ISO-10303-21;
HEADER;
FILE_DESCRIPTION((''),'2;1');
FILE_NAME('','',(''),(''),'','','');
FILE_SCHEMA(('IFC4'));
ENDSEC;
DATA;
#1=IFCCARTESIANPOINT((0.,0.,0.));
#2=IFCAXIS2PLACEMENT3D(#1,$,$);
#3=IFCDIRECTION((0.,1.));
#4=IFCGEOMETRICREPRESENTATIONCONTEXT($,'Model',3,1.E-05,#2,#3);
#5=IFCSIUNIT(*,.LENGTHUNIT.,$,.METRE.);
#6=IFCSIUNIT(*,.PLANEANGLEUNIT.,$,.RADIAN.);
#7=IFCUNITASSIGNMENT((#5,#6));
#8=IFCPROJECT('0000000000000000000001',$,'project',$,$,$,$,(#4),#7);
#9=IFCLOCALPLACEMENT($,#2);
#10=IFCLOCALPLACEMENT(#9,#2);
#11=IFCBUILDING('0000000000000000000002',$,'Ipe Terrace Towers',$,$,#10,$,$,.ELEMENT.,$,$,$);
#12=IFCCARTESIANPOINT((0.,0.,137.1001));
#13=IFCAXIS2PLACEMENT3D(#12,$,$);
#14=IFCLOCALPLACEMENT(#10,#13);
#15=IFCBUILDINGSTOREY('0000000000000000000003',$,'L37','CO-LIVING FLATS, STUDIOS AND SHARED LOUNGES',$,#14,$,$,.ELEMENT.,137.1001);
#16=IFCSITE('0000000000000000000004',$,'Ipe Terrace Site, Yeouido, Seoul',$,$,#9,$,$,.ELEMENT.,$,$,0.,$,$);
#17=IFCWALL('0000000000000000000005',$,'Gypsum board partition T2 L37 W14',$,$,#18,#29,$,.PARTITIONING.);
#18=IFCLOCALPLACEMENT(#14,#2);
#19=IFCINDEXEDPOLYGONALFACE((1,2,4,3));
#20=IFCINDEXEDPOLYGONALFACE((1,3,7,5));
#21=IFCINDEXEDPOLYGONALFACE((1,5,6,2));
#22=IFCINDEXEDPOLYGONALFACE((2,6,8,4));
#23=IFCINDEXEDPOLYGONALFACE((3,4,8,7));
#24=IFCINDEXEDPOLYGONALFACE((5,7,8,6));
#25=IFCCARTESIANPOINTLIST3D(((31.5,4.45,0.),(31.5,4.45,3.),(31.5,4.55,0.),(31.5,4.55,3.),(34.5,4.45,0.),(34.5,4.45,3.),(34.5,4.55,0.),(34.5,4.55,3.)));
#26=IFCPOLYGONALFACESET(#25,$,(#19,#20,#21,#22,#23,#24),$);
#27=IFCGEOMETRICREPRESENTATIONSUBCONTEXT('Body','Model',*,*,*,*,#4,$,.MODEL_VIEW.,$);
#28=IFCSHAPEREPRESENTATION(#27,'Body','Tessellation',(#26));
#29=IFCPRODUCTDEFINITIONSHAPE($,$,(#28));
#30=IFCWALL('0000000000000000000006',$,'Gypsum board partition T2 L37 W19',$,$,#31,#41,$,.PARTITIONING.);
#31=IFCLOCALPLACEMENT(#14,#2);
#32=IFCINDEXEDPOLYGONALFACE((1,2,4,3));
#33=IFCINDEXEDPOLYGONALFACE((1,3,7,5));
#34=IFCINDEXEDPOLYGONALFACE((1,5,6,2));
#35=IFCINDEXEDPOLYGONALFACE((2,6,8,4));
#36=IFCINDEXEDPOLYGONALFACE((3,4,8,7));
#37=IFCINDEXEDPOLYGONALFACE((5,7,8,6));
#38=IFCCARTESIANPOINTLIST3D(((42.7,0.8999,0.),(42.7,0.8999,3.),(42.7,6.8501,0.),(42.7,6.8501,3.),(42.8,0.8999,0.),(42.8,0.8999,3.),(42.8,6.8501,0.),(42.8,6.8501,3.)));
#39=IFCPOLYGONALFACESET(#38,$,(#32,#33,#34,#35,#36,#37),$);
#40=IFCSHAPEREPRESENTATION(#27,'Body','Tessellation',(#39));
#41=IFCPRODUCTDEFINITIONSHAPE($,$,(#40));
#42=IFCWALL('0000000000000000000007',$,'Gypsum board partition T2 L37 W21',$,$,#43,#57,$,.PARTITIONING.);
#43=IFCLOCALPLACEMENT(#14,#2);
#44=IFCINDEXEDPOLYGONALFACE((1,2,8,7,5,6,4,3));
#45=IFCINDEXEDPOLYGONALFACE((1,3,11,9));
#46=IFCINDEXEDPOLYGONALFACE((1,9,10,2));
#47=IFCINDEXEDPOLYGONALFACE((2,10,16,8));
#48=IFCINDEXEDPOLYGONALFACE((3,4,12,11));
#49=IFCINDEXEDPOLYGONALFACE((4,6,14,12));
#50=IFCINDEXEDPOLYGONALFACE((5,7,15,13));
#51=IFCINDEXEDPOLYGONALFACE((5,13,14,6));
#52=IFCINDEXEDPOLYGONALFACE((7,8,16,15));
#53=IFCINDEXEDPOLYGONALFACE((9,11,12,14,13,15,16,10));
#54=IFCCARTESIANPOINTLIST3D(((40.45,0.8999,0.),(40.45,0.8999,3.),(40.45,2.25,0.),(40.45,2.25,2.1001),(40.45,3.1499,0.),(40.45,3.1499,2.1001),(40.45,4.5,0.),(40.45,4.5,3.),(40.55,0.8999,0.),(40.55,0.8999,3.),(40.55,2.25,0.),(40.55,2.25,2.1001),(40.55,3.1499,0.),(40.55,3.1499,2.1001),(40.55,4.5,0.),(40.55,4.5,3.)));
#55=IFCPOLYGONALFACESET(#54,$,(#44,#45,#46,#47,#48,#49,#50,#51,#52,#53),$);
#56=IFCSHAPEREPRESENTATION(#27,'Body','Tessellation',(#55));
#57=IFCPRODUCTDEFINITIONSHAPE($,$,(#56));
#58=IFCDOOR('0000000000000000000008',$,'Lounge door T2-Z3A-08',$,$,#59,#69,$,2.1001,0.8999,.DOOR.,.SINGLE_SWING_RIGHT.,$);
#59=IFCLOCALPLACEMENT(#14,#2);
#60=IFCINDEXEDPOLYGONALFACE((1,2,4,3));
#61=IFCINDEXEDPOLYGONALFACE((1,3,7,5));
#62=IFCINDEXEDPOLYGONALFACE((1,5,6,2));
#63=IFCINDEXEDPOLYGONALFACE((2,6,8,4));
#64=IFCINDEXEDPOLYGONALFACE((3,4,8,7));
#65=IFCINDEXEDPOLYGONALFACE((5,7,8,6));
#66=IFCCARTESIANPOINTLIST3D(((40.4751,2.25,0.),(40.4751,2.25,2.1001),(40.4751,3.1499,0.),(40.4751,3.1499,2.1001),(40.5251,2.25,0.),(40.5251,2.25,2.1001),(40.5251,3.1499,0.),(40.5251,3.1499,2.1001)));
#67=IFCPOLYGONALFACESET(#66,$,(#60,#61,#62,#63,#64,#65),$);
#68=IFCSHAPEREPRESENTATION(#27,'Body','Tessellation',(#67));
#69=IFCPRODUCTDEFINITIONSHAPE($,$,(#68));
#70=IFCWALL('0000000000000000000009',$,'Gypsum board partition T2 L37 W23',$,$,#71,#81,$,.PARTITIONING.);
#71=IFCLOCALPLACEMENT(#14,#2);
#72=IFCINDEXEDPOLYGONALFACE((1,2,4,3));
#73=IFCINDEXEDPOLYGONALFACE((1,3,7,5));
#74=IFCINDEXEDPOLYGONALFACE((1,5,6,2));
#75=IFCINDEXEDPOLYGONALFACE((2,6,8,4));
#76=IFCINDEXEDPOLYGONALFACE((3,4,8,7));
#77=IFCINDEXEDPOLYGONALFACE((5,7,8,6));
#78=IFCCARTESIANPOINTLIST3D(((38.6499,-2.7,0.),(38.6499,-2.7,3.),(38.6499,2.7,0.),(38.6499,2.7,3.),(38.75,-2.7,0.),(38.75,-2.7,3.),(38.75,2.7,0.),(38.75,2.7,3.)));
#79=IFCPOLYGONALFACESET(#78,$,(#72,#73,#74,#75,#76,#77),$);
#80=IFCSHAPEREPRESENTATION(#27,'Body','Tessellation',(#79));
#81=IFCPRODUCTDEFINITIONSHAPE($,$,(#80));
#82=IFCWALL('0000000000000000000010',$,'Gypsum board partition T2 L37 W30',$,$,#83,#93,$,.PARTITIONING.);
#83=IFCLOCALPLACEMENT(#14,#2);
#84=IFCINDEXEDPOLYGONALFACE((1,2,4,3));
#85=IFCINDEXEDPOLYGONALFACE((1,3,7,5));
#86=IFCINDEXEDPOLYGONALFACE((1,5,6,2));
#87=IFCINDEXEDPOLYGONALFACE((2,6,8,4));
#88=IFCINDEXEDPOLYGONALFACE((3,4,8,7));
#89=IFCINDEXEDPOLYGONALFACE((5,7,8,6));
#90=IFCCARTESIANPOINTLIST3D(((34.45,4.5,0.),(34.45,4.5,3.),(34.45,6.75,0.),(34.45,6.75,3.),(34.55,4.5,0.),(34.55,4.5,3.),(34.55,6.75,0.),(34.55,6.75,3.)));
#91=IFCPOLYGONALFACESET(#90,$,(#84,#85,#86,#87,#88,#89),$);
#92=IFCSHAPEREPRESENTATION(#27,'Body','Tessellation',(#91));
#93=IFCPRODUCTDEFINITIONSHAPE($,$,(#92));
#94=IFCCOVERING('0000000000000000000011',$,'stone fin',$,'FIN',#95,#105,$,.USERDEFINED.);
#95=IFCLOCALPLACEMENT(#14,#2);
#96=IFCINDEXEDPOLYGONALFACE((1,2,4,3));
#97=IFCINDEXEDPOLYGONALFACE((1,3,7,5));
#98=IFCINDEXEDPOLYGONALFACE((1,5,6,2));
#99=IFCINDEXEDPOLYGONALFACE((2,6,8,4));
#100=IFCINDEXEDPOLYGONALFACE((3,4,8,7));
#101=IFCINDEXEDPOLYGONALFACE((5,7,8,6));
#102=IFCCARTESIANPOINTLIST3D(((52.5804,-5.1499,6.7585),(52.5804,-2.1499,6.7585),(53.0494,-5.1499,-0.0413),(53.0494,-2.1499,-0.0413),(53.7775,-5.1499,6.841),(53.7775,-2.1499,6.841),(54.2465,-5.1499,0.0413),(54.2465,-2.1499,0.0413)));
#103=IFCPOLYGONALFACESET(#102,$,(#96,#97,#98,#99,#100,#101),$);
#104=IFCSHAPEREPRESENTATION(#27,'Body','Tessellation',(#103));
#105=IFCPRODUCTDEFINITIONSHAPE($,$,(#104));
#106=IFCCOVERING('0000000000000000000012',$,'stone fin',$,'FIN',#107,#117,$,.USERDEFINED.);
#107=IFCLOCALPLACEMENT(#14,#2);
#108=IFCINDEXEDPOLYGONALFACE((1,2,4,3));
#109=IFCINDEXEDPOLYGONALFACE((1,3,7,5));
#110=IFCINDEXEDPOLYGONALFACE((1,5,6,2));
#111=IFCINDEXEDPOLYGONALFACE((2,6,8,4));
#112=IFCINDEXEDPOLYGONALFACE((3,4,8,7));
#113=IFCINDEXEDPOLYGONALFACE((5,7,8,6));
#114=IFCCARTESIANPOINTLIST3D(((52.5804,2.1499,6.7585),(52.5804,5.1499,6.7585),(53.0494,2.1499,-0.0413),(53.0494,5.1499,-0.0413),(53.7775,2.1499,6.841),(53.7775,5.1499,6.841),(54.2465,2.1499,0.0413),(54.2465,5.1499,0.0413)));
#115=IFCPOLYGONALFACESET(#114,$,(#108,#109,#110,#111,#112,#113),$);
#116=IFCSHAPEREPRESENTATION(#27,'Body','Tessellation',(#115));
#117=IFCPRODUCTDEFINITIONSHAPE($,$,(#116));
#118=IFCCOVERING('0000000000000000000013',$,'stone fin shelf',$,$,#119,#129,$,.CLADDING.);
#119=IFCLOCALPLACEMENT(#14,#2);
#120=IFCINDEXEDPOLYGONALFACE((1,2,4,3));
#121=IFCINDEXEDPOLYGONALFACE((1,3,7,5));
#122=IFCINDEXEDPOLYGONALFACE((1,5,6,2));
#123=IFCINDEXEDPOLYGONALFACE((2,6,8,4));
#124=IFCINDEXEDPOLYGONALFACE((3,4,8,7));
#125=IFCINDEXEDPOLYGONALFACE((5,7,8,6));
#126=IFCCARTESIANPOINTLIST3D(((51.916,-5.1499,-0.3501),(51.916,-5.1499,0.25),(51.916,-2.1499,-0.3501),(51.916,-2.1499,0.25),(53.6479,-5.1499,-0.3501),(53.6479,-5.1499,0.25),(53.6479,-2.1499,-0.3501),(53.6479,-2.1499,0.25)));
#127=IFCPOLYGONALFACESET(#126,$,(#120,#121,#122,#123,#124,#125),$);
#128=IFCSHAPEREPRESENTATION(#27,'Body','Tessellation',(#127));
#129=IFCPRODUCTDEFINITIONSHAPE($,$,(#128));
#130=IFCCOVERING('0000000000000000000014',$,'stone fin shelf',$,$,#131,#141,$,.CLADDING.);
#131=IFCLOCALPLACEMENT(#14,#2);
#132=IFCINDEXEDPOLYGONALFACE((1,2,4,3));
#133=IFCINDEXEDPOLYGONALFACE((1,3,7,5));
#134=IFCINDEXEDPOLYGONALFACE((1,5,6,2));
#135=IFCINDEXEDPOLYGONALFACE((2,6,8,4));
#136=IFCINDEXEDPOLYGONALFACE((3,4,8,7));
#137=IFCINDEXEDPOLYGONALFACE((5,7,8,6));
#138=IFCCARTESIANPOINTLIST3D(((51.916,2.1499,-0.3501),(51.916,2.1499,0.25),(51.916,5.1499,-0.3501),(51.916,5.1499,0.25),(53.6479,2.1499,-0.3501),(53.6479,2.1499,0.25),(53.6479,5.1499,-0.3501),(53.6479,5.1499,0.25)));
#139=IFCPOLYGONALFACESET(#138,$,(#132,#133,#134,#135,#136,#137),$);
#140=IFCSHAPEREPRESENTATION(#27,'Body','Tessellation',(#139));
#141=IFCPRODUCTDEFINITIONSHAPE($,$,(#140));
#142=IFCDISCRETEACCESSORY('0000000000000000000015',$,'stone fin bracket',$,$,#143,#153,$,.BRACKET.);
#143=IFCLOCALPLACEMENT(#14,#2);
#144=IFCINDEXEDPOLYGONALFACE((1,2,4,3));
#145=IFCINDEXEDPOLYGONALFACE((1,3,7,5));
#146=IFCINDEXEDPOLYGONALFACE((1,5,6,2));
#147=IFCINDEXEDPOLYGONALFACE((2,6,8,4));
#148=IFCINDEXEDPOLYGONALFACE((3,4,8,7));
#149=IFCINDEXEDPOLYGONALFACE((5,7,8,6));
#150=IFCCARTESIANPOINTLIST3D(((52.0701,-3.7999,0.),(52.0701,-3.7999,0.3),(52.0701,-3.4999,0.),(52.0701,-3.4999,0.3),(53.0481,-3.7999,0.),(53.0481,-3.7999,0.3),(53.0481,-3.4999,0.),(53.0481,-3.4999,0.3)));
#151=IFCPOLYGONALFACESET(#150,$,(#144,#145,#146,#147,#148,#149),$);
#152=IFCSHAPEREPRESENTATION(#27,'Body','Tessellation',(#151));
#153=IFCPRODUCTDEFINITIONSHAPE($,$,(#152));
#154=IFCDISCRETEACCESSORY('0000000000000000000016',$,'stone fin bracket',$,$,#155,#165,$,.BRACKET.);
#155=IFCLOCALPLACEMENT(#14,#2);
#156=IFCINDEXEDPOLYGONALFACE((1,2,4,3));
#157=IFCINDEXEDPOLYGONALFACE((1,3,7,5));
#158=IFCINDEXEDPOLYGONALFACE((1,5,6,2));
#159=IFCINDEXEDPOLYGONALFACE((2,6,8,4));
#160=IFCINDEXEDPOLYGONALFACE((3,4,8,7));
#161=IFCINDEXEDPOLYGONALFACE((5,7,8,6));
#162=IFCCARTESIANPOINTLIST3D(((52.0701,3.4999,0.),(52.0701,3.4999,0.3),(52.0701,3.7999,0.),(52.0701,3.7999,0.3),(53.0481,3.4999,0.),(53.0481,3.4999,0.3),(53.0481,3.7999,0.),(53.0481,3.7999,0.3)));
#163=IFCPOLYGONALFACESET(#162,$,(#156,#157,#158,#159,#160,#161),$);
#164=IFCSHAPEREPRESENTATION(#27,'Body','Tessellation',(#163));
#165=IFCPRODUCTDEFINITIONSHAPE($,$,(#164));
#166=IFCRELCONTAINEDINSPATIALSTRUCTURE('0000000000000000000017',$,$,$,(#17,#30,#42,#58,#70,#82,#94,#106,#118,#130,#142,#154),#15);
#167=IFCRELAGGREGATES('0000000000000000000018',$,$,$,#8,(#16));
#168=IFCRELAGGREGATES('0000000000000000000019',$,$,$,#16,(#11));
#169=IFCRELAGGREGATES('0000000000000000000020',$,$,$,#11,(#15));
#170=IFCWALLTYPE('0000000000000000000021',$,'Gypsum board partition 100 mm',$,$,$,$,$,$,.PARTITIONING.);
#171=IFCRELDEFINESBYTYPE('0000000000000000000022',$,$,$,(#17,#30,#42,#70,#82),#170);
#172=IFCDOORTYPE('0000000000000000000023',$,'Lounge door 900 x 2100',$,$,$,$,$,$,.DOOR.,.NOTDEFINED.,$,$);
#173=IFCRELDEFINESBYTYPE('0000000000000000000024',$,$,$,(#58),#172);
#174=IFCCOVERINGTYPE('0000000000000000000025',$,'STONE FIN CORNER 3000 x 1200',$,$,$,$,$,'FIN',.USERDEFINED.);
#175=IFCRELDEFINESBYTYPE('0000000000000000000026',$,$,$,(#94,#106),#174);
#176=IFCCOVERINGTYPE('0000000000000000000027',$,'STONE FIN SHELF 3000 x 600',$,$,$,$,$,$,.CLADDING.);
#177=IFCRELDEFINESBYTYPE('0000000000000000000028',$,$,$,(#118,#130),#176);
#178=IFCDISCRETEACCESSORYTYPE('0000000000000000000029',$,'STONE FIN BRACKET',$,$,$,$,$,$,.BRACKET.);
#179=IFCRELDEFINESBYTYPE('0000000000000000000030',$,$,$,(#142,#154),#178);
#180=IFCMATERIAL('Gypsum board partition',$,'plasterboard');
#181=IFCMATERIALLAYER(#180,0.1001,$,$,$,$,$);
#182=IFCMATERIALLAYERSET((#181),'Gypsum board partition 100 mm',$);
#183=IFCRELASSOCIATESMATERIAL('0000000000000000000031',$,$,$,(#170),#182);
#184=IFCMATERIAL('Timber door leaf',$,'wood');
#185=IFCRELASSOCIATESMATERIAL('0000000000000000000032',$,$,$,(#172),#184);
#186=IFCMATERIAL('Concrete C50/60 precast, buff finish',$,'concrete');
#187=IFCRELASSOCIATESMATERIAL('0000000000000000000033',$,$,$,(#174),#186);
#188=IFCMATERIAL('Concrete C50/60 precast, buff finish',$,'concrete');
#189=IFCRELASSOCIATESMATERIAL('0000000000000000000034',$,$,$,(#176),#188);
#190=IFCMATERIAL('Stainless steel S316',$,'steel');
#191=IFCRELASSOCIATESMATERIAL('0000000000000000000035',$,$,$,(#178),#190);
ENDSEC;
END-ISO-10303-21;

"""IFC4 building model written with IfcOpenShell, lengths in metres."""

from ifc_helpers import new_model, si_unit, direction, frame, frame_2d, origin, origin_2d, place, context, subcontext, project, spatial, rectangle, extrude, material, layer, layer_set, material_profile, profile_set, type_object, element, fill, save


model = new_model("IFC4")

# Units and contexts
model_context = context("Model", 3, precision=1e-05, world=origin(), true_north=direction((0.0, 1.0)))
body_context = subcontext(model_context, "Body", "Model", "MODEL_VIEW")
ifc_project = project(units=[si_unit("LENGTHUNIT", "METRE"), si_unit("PLANEANGLEUNIT", "RADIAN")], contexts=[model_context])

# Site, building, storey
site_placement = place(None, origin())
site = spatial("IfcSite", under=ifc_project, at=site_placement, Name="Ipe Terrace Site, Yeouido, Seoul", CompositionType="ELEMENT", RefElevation=0.0)
building_placement = place(site_placement, origin())
building = spatial("IfcBuilding", under=site, at=building_placement, Name="Ipe Terrace Towers", CompositionType="ELEMENT")
storey_placement = place(building_placement, frame((0.0, 0.0, 137.1001)))
storey = spatial("IfcBuildingStorey", under=building, at=storey_placement, Name="L37", Description="CO-LIVING FLATS, STUDIOS AND SHARED LOUNGES", CompositionType="ELEMENT", Elevation=137.1001)

# Shared definitions
ifc_material_1 = material(Name="Gypsum board partition", Category="plasterboard")
ifc_layer_1 = layer(ifc_material_1, 0.1001)
ifc_layer_set_1 = layer_set([ifc_layer_1], Name="Gypsum board partition 100 mm")
wall_type_1 = type_object("IfcWallType", Name="Gypsum board partition 100 mm", PredefinedType="PARTITIONING", material=ifc_layer_set_1)
ifc_material_2 = material(Name="Timber door leaf", Category="wood")
door_type = type_object("IfcDoorType", Name="Lounge door 900 x 2100", OperationType="NOTDEFINED", PredefinedType="DOOR", material=ifc_material_2)

# Walls
wall_1_placement = place(storey_placement, frame((34.5, 4.5, 0.0), z_axis=(0.0, 0.0, 1.0), x_axis=(-1.0, 0.0, 0.0)))
element("IfcWall", 1, at=wall_1_placement, inside=storey, type_object=wall_type_1, Name="Gypsum board partition T2 L37 W14", PredefinedType="PARTITIONING", context=body_context, shape_type="SweptSolid", body=[
    extrude(rectangle(XDim=3.0, YDim=0.1001, at=frame_2d((1.5, 0.0))), origin(), (0.0, 0.0, 1.0), 3.0),
])
wall_2_placement = place(storey_placement, frame((42.75, 0.8999, 0.0), z_axis=(0.0, 0.0, 1.0), x_axis=(0.0, 1.0, 0.0)))
element("IfcWall", 2, at=wall_2_placement, inside=storey, type_object=wall_type_1, Name="Gypsum board partition T2 L37 W19", PredefinedType="PARTITIONING", context=body_context, shape_type="SweptSolid", body=[
    extrude(rectangle(XDim=5.9502, YDim=0.1001, at=frame_2d((2.9751, 0.0))), origin(), (0.0, 0.0, 1.0), 3.0),
])

# Wall, opening, door
wall_3_placement = place(storey_placement, frame((40.5, 0.8999, 0.0), z_axis=(0.0, 0.0, 1.0), x_axis=(0.0, 1.0, 0.0)))
wall_3 = element("IfcWall", 3, at=wall_3_placement, inside=storey, type_object=wall_type_1, Name="Gypsum board partition T2 L37 W21", PredefinedType="PARTITIONING", context=body_context, shape_type="SweptSolid", body=[
    extrude(rectangle(XDim=3.6001, YDim=0.1001, at=frame_2d((1.8, 0.0))), origin(), (0.0, 0.0, 1.0), 3.0),
])
opening_1_placement = place(wall_3_placement, frame((1.3501, 0.0, 0.0)))
opening_1 = element("IfcOpeningElement", 4, at=opening_1_placement, cuts=wall_3, PredefinedType="OPENING", context=body_context, shape_type="SweptSolid", body=[
    extrude(rectangle(XDim=0.8999, YDim=2.1001, at=frame_2d((0.45, 1.05))), frame((0.0, 0.0601, 0.0), z_axis=(0.0, -1.0, 0.0), x_axis=(1.0, 0.0, 0.0)), (0.0, 0.0, 1.0), 0.1201),
])
door_1_placement = place(opening_1_placement, origin())
door_1 = element("IfcDoor", 5, at=door_1_placement, inside=storey, type_object=door_type, Name="Lounge door T2-Z3A-08", OperationType="SINGLE_SWING_RIGHT", OverallHeight=2.1001, OverallWidth=0.8999, PredefinedType="DOOR", context=body_context, shape_type="SweptSolid", body=[
    extrude(rectangle(XDim=0.8999, YDim=2.1001, at=frame_2d((0.45, 1.05))), frame((0.0, 0.0249, 0.0), z_axis=(0.0, -1.0, 0.0), x_axis=(1.0, 0.0, 0.0)), (0.0, 0.0, 1.0), 0.05),
])
fill(opening_1, door_1)

# Walls
wall_4_placement = place(storey_placement, frame((38.7, -2.7, 0.0), z_axis=(0.0, 0.0, 1.0), x_axis=(0.0, 1.0, 0.0)))
element("IfcWall", 6, at=wall_4_placement, inside=storey, type_object=wall_type_1, Name="Gypsum board partition T2 L37 W23", PredefinedType="PARTITIONING", context=body_context, shape_type="SweptSolid", body=[
    extrude(rectangle(XDim=5.3999, YDim=0.1001, at=frame_2d((2.7, 0.0))), origin(), (0.0, 0.0, 1.0), 3.0),
])
wall_5_placement = place(storey_placement, frame((34.5, 4.5, 0.0), z_axis=(0.0, 0.0, 1.0), x_axis=(0.0, 1.0, 0.0)))
element("IfcWall", 7, at=wall_5_placement, inside=storey, type_object=wall_type_1, Name="Gypsum board partition T2 L37 W30", PredefinedType="PARTITIONING", context=body_context, shape_type="SweptSolid", body=[
    extrude(rectangle(XDim=2.25, YDim=0.1001, at=frame_2d((1.125, 0.0))), origin(), (0.0, 0.0, 1.0), 3.0),
])

# Coverings
ifc_material_3 = material(Name="Concrete C50/60 precast, buff finish", Category="concrete")
ifc_material_profile_1 = material_profile(ifc_material_3, rectangle(XDim=3.0, YDim=1.2, at=origin_2d()), Name="STONE FIN CORNER 3000 x 1200")
ifc_profile_set_1 = profile_set([ifc_material_profile_1], Name="Concrete C50/60 precast, buff finish")
covering_type_1 = type_object("IfcCoveringType", Name="STONE FIN CORNER 3000 x 1200", ElementType="FIN", PredefinedType="USERDEFINED", material=ifc_profile_set_1)
for number, where, z_axis, x_axis, name in (
    (8, (53.6479, -3.6499, 0.0), (-0.068808, 0.0, 0.99763), (0.0, 1.0, 0.0), "stone fin"),
    (9, (53.6479, 3.6499, 0.0), (-0.068808, 0.0, 0.99763), (0.0, 1.0, 0.0), "stone fin"),
):
    element("IfcCovering", number, at=place(storey_placement, frame(where, z_axis=z_axis, x_axis=x_axis)), inside=storey, type_object=covering_type_1, Name=name, ObjectType="FIN", PredefinedType="USERDEFINED", context=body_context, shape_type="SweptSolid", body=[
        extrude(rectangle(XDim=3.0, YDim=1.2, at=origin_2d()), origin(), (0.0, 0.0, 1.0), 6.8159),
    ])
ifc_material_4 = material(Name="Concrete C50/60 precast, buff finish", Category="concrete")
covering_type_2 = type_object("IfcCoveringType", Name="STONE FIN SHELF 3000 x 600", PredefinedType="CLADDING", material=ifc_material_4)
for number, where, z_axis, x_axis, name in (
    (10, (52.782, -3.6499, -0.3501), (0.0, 0.0, 1.0), (0.0, 1.0, 0.0), "stone fin shelf"),
    (11, (52.782, 3.6499, -0.3501), (0.0, 0.0, 1.0), (0.0, 1.0, 0.0), "stone fin shelf"),
):
    element("IfcCovering", number, at=place(storey_placement, frame(where, z_axis=z_axis, x_axis=x_axis)), inside=storey, type_object=covering_type_2, Name=name, PredefinedType="CLADDING", context=body_context, shape_type="SweptSolid", body=[
        extrude(rectangle(XDim=3.0, YDim=1.7319, at=origin_2d()), origin(), (0.0, 0.0, 1.0), 0.6001),
    ])

# Discrete accessories
ifc_material_5 = material(Name="Stainless steel S316", Category="steel")
discrete_accessory_type = type_object("IfcDiscreteAccessoryType", Name="STONE FIN BRACKET", PredefinedType="BRACKET", material=ifc_material_5)
for number, where, z_axis, x_axis, name in (
    (12, (52.5591, -3.6499, 0.0), (0.0, 0.0, 1.0), (0.0, 1.0, 0.0), "stone fin bracket"),
    (13, (52.5591, 3.6499, 0.0), (0.0, 0.0, 1.0), (0.0, 1.0, 0.0), "stone fin bracket"),
):
    element("IfcDiscreteAccessory", number, at=place(storey_placement, frame(where, z_axis=z_axis, x_axis=x_axis)), inside=storey, type_object=discrete_accessory_type, Name=name, PredefinedType="BRACKET", context=body_context, shape_type="SweptSolid", body=[
        extrude(rectangle(XDim=0.3, YDim=0.978, at=origin_2d()), origin(), (0.0, 0.0, 1.0), 0.3),
    ])

save(model, "model.ifc")
